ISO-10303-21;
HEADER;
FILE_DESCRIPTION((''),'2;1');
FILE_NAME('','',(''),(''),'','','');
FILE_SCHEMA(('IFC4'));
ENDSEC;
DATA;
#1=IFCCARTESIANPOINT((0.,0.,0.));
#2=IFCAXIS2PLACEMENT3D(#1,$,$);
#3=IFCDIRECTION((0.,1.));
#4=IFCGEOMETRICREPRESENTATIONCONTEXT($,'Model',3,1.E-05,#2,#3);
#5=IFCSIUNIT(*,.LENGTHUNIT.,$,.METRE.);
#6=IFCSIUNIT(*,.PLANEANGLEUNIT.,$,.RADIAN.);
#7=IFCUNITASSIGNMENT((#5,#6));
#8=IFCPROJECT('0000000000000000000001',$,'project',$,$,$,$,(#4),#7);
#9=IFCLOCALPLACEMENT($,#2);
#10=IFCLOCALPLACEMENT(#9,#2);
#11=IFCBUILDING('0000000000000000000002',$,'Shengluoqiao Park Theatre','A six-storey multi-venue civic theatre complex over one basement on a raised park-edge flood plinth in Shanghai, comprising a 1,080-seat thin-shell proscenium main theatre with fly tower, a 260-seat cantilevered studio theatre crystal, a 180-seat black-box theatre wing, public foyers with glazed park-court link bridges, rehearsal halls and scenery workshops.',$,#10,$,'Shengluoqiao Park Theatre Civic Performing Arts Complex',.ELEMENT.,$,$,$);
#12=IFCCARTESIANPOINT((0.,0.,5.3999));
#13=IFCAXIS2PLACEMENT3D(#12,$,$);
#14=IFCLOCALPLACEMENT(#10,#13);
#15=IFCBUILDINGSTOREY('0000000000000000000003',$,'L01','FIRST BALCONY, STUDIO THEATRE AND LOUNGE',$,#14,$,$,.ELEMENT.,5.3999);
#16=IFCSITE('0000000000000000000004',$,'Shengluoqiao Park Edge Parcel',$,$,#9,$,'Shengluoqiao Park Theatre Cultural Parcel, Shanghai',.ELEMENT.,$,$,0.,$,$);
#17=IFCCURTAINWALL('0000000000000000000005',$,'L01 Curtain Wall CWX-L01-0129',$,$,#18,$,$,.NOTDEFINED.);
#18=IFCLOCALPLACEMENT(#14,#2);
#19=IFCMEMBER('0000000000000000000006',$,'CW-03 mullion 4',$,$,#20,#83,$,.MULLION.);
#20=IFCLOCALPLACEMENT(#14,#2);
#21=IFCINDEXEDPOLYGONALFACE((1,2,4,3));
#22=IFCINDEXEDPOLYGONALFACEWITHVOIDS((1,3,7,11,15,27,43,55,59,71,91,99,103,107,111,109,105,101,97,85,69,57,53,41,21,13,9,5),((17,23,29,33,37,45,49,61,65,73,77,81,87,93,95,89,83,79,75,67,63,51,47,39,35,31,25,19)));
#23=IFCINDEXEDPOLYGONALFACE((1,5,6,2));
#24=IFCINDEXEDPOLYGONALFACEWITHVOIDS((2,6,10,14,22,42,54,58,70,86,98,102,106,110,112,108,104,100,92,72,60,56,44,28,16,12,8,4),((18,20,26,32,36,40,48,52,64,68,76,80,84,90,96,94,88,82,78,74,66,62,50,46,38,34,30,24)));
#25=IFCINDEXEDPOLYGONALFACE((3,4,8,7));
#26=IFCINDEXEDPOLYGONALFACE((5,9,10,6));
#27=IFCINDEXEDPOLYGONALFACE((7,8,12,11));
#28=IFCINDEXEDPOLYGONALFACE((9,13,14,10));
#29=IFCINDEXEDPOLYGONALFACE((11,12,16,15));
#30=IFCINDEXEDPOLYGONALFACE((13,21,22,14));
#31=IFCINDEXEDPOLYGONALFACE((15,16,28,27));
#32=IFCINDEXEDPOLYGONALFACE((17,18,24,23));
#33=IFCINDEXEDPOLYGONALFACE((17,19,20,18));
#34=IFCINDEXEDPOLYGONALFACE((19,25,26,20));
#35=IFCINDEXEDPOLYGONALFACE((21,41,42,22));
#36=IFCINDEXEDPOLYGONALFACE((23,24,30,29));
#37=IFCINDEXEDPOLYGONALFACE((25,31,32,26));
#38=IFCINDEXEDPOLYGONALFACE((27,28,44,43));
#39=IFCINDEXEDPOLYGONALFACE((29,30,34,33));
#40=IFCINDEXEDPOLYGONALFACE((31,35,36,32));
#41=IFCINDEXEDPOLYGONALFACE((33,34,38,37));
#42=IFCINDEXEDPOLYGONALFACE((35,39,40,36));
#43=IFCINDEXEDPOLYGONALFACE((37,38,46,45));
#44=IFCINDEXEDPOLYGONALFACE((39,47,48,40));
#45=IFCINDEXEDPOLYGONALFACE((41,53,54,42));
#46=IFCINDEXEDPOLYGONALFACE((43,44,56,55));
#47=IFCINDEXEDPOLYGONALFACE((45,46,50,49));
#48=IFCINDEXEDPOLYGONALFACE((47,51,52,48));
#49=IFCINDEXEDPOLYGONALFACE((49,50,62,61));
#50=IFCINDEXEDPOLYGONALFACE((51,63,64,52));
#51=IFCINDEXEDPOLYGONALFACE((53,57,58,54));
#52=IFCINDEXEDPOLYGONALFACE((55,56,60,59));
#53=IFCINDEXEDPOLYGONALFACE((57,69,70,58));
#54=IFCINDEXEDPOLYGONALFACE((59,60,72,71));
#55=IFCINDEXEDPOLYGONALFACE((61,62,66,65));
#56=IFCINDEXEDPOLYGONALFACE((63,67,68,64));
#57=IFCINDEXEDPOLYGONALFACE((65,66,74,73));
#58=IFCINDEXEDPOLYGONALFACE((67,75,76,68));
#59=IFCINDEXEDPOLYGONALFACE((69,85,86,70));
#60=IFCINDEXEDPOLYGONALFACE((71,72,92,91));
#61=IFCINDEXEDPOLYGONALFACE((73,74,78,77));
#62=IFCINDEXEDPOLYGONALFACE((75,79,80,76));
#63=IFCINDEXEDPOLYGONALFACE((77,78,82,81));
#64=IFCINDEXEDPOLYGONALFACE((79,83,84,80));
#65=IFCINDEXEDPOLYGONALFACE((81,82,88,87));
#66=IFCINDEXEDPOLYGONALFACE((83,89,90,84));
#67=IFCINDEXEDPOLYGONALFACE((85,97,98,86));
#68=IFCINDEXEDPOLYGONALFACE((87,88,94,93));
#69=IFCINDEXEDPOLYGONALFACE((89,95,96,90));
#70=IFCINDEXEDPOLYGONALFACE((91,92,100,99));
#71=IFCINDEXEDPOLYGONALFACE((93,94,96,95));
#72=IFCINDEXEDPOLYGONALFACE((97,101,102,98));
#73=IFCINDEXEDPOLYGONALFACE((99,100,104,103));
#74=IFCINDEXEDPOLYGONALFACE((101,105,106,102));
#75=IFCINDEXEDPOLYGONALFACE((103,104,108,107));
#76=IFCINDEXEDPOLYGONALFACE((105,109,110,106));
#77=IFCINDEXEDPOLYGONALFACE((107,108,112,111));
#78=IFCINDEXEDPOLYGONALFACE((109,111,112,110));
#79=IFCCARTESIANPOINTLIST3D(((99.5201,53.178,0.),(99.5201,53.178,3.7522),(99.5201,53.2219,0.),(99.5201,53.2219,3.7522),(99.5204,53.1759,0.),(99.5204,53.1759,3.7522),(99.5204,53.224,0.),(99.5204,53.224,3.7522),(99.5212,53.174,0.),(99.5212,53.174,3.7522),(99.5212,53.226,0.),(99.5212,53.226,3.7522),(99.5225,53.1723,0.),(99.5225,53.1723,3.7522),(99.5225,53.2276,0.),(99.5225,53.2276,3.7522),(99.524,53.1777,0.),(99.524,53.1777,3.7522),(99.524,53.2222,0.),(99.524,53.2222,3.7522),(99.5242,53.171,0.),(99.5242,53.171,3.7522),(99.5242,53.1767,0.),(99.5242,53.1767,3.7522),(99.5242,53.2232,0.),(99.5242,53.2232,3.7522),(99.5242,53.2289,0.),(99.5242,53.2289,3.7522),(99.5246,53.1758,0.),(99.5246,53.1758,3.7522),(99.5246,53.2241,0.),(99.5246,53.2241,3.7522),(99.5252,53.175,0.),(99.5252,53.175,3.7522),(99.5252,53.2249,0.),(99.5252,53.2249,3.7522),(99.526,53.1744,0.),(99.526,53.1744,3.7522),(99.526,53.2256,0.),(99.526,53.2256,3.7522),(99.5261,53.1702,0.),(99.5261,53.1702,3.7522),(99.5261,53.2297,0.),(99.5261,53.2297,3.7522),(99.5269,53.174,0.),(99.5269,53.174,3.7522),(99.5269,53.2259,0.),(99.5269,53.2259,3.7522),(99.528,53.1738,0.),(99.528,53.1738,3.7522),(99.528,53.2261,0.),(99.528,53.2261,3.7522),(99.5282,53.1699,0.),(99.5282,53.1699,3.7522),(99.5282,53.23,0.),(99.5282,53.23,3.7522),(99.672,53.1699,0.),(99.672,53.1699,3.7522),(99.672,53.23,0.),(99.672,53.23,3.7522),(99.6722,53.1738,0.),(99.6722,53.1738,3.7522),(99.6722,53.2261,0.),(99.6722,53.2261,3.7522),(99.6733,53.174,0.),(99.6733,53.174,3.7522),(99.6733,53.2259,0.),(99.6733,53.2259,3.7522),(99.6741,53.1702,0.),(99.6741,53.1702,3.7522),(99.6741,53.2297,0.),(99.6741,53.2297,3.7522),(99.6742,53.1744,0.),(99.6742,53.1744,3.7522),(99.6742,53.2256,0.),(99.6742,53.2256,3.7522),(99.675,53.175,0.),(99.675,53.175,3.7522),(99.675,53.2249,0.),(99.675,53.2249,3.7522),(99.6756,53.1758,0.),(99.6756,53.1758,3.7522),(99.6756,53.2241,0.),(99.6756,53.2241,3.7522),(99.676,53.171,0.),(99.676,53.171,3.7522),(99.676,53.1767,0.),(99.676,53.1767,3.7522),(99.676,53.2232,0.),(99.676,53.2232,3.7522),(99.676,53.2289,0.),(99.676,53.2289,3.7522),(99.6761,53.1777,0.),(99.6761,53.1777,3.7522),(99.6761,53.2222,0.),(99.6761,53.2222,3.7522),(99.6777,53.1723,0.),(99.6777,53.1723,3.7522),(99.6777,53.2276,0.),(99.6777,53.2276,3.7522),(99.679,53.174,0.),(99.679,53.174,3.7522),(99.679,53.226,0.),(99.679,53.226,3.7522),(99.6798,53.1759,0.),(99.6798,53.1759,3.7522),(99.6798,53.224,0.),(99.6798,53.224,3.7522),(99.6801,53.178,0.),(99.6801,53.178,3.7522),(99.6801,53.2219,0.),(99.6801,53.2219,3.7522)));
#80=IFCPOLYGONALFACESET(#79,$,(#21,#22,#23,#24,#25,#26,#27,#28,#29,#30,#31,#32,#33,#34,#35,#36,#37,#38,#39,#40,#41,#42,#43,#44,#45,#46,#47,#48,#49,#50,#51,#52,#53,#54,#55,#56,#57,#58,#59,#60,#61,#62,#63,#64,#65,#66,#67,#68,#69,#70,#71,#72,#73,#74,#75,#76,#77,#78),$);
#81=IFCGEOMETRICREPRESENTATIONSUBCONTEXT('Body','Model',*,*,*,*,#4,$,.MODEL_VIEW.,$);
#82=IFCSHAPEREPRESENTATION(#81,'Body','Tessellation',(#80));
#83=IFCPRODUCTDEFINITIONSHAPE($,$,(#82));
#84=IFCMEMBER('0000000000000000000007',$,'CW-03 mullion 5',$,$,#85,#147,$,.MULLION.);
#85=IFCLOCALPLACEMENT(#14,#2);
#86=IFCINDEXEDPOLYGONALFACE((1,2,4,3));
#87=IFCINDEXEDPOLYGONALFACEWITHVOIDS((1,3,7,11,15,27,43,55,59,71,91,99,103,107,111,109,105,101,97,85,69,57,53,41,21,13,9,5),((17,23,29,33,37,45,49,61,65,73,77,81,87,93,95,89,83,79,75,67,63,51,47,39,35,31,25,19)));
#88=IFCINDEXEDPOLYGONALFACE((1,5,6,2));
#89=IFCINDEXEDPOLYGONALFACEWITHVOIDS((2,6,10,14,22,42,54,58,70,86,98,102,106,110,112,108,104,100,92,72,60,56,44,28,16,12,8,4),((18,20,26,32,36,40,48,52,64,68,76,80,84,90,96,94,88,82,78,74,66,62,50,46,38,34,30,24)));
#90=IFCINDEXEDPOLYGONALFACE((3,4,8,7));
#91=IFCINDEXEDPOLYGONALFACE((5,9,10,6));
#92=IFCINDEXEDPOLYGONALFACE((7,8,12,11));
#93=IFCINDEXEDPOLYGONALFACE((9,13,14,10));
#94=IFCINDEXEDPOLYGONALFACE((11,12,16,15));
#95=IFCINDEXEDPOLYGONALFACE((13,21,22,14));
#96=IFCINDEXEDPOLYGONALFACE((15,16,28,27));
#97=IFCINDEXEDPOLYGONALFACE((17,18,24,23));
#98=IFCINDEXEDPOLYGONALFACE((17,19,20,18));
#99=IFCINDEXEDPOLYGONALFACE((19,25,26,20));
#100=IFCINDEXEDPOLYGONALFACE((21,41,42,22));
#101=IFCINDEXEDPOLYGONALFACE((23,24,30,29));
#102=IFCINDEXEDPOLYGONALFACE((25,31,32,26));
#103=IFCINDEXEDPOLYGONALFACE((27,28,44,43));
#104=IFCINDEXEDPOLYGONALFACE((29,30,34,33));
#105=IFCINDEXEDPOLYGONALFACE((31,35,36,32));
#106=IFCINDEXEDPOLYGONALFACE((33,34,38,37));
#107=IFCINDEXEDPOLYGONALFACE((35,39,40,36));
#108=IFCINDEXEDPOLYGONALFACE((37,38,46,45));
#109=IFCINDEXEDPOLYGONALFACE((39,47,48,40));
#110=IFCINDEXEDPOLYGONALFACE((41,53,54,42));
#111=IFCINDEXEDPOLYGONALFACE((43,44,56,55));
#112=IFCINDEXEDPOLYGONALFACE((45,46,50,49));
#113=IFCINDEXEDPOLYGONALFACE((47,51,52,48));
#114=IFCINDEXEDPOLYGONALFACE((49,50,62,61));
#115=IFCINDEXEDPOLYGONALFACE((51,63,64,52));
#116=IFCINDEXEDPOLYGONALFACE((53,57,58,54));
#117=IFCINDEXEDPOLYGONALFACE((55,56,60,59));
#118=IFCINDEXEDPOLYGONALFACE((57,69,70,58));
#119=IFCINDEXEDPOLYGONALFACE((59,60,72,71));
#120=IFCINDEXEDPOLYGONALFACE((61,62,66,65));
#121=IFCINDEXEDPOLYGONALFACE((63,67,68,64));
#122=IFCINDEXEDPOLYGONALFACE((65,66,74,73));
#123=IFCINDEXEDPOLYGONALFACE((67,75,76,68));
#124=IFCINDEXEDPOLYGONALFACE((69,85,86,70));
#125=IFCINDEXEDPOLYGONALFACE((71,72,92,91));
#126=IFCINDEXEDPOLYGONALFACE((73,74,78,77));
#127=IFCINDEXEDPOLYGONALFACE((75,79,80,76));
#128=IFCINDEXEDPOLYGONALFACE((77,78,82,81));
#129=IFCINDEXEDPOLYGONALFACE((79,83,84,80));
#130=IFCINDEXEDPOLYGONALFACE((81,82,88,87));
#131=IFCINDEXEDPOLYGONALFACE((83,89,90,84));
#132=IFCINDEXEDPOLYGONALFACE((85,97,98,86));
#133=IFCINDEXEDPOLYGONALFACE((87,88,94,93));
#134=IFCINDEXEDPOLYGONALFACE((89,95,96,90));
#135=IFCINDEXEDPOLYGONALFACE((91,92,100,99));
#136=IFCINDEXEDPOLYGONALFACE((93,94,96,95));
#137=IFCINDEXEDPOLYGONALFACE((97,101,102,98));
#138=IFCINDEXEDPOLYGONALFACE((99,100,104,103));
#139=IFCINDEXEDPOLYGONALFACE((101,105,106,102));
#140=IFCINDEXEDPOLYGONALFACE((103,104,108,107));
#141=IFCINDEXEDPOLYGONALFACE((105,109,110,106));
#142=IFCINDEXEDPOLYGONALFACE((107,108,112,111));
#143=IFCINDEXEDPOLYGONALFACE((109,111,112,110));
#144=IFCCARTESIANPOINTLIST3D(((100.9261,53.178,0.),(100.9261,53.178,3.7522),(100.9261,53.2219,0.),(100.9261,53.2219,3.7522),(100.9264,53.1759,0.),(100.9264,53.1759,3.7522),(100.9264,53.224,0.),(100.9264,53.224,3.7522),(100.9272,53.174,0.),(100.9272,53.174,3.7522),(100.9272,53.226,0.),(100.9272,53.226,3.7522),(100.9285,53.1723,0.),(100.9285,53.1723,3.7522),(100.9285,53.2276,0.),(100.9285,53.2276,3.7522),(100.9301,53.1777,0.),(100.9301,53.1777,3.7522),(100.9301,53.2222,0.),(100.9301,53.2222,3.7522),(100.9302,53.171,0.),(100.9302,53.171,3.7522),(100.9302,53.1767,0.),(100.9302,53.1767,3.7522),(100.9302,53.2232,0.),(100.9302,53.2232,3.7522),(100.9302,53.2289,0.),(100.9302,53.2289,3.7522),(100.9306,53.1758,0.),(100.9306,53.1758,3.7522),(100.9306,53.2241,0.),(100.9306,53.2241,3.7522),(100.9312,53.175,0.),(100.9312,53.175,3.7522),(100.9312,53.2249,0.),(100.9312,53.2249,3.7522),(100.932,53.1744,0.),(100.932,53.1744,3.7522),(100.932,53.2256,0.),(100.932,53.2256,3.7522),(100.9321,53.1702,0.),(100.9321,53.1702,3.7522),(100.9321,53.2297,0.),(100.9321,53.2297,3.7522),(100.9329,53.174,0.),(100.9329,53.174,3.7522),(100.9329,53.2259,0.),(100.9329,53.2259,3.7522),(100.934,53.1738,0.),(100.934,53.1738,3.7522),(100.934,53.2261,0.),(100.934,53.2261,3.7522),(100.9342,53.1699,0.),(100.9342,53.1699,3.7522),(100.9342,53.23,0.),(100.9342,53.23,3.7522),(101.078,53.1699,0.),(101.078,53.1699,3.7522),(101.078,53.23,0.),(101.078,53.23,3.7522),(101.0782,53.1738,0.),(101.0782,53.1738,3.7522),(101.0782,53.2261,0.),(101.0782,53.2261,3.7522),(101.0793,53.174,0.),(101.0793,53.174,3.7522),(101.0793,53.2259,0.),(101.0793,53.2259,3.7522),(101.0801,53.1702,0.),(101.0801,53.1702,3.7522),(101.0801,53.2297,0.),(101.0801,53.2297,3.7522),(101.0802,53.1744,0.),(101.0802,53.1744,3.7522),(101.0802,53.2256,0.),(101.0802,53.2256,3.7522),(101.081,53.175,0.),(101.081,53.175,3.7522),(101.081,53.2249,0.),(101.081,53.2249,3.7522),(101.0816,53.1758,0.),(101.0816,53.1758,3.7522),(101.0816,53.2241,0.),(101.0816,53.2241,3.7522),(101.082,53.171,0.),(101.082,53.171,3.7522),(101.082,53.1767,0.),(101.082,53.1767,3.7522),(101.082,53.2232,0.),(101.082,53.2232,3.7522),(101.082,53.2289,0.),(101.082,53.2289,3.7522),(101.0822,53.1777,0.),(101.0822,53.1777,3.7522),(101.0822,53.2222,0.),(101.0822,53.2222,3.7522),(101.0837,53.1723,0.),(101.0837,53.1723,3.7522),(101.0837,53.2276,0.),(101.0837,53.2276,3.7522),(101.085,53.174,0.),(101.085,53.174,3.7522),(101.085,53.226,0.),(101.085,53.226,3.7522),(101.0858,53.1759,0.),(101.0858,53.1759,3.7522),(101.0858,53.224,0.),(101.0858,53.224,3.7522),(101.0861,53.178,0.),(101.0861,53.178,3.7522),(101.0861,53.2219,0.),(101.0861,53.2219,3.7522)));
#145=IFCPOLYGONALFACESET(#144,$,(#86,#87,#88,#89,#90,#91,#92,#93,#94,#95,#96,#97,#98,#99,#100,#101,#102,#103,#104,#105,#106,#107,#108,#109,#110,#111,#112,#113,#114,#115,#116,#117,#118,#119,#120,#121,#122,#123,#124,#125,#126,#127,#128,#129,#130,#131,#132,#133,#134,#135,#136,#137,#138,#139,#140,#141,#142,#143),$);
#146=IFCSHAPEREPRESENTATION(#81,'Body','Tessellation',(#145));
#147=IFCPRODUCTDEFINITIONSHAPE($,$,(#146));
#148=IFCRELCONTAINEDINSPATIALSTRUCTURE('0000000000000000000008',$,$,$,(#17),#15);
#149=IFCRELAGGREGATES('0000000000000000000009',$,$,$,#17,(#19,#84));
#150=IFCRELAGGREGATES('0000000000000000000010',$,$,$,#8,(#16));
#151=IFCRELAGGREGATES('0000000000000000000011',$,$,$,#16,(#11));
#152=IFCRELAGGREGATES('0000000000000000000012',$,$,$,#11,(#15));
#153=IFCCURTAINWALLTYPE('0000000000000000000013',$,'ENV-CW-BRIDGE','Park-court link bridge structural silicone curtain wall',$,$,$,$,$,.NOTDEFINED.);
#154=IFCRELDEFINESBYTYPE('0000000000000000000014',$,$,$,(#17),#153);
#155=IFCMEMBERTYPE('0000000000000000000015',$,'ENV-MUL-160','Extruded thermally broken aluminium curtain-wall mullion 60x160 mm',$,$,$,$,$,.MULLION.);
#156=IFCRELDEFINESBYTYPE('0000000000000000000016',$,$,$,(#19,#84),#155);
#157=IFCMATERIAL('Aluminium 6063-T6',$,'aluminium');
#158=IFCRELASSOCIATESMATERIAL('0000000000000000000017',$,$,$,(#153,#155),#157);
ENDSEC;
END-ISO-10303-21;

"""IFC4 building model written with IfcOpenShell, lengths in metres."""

from ifc_helpers import new_model, si_unit, direction, frame, origin, origin_2d, place, context, subcontext, project, spatial, hollow_rectangle, extrude, material, material_profile, profile_set, type_object, element, aggregate, save


model = new_model("IFC4")

# Units and contexts
model_context = context("Model", 3, precision=1e-05, world=origin(), true_north=direction((0.0, 1.0)))
body_context = subcontext(model_context, "Body", "Model", "MODEL_VIEW")
ifc_project = project(units=[si_unit("LENGTHUNIT", "METRE"), si_unit("PLANEANGLEUNIT", "RADIAN")], contexts=[model_context])

# Site, building, storey
site_placement = place(None, origin())
site = spatial("IfcSite", under=ifc_project, at=site_placement, Name="Shengluoqiao Park Edge Parcel", LongName="Shengluoqiao Park Theatre Cultural Parcel, Shanghai", CompositionType="ELEMENT", RefElevation=0.0)
building_placement = place(site_placement, origin())
building = spatial("IfcBuilding", under=site, at=building_placement, Name="Shengluoqiao Park Theatre", Description="A six-storey multi-venue civic theatre complex over one basement on a raised park-edge flood plinth in Shanghai, comprising a 1,080-seat thin-shell proscenium main theatre with fly tower, a 260-seat cantilevered studio theatre crystal, a 180-seat black-box theatre wing, public foyers with glazed park-court link bridges, rehearsal halls and scenery workshops.", LongName="Shengluoqiao Park Theatre Civic Performing Arts Complex", CompositionType="ELEMENT")
storey_placement = place(building_placement, frame((0.0, 0.0, 5.3999)))
storey = spatial("IfcBuildingStorey", under=building, at=storey_placement, Name="L01", Description="FIRST BALCONY, STUDIO THEATRE AND LOUNGE", CompositionType="ELEMENT", Elevation=5.3999)

# Curtain wall, members
ifc_material_1 = material(Name="Aluminium 6063-T6", Category="aluminium")
curtain_wall_type = type_object("IfcCurtainWallType", Name="ENV-CW-BRIDGE", Description="Park-court link bridge structural silicone curtain wall", PredefinedType="NOTDEFINED", material=ifc_material_1)
curtain_wall_placement = place(storey_placement, origin())
curtain_wall = element("IfcCurtainWall", 1, at=curtain_wall_placement, inside=storey, type_object=curtain_wall_type, Name="L01 Curtain Wall CWX-L01-0129", PredefinedType="NOTDEFINED")
ifc_material_profile_1 = material_profile(ifc_material_1, hollow_rectangle(XDim=0.0601, YDim=0.1599, WallThickness=0.0039, InnerFilletRadius=0.0039, OuterFilletRadius=0.0081, at=origin_2d()), Name="ALU MULLION 160x60x4")
ifc_profile_set_1 = profile_set([ifc_material_profile_1], Name="Aluminium 6063-T6")
member_type_1 = type_object("IfcMemberType", Name="ENV-MUL-160", Description="Extruded thermally broken aluminium curtain-wall mullion 60x160 mm", PredefinedType="MULLION", material=ifc_profile_set_1)
member_1_placement = place(storey_placement, frame((99.6001, 53.2, 0.0), z_axis=(0.0, 0.0, 1.0), x_axis=(0.0, 1.0, 0.0)))
member_1 = element("IfcMember", 2, at=member_1_placement, type_object=member_type_1, Name="CW-03 mullion 4", PredefinedType="MULLION", context=body_context, shape_type="SweptSolid", body=[
    extrude(hollow_rectangle(XDim=0.0601, YDim=0.1599, WallThickness=0.0039, InnerFilletRadius=0.0039, OuterFilletRadius=0.0081, at=origin_2d()), origin(), (0.0, 0.0, 1.0), 3.7522),
])
member_2_placement = place(storey_placement, frame((101.0061, 53.2, 0.0), z_axis=(0.0, 0.0, 1.0), x_axis=(0.0, 1.0, 0.0)))
member_2 = element("IfcMember", 3, at=member_2_placement, type_object=member_type_1, Name="CW-03 mullion 5", PredefinedType="MULLION", context=body_context, shape_type="SweptSolid", body=[
    extrude(hollow_rectangle(XDim=0.0601, YDim=0.1599, WallThickness=0.0039, InnerFilletRadius=0.0039, OuterFilletRadius=0.0081, at=origin_2d()), origin(), (0.0, 0.0, 1.0), 3.7522),
])

aggregate(curtain_wall, [member_1, member_2])

save(model, "model.ifc")
